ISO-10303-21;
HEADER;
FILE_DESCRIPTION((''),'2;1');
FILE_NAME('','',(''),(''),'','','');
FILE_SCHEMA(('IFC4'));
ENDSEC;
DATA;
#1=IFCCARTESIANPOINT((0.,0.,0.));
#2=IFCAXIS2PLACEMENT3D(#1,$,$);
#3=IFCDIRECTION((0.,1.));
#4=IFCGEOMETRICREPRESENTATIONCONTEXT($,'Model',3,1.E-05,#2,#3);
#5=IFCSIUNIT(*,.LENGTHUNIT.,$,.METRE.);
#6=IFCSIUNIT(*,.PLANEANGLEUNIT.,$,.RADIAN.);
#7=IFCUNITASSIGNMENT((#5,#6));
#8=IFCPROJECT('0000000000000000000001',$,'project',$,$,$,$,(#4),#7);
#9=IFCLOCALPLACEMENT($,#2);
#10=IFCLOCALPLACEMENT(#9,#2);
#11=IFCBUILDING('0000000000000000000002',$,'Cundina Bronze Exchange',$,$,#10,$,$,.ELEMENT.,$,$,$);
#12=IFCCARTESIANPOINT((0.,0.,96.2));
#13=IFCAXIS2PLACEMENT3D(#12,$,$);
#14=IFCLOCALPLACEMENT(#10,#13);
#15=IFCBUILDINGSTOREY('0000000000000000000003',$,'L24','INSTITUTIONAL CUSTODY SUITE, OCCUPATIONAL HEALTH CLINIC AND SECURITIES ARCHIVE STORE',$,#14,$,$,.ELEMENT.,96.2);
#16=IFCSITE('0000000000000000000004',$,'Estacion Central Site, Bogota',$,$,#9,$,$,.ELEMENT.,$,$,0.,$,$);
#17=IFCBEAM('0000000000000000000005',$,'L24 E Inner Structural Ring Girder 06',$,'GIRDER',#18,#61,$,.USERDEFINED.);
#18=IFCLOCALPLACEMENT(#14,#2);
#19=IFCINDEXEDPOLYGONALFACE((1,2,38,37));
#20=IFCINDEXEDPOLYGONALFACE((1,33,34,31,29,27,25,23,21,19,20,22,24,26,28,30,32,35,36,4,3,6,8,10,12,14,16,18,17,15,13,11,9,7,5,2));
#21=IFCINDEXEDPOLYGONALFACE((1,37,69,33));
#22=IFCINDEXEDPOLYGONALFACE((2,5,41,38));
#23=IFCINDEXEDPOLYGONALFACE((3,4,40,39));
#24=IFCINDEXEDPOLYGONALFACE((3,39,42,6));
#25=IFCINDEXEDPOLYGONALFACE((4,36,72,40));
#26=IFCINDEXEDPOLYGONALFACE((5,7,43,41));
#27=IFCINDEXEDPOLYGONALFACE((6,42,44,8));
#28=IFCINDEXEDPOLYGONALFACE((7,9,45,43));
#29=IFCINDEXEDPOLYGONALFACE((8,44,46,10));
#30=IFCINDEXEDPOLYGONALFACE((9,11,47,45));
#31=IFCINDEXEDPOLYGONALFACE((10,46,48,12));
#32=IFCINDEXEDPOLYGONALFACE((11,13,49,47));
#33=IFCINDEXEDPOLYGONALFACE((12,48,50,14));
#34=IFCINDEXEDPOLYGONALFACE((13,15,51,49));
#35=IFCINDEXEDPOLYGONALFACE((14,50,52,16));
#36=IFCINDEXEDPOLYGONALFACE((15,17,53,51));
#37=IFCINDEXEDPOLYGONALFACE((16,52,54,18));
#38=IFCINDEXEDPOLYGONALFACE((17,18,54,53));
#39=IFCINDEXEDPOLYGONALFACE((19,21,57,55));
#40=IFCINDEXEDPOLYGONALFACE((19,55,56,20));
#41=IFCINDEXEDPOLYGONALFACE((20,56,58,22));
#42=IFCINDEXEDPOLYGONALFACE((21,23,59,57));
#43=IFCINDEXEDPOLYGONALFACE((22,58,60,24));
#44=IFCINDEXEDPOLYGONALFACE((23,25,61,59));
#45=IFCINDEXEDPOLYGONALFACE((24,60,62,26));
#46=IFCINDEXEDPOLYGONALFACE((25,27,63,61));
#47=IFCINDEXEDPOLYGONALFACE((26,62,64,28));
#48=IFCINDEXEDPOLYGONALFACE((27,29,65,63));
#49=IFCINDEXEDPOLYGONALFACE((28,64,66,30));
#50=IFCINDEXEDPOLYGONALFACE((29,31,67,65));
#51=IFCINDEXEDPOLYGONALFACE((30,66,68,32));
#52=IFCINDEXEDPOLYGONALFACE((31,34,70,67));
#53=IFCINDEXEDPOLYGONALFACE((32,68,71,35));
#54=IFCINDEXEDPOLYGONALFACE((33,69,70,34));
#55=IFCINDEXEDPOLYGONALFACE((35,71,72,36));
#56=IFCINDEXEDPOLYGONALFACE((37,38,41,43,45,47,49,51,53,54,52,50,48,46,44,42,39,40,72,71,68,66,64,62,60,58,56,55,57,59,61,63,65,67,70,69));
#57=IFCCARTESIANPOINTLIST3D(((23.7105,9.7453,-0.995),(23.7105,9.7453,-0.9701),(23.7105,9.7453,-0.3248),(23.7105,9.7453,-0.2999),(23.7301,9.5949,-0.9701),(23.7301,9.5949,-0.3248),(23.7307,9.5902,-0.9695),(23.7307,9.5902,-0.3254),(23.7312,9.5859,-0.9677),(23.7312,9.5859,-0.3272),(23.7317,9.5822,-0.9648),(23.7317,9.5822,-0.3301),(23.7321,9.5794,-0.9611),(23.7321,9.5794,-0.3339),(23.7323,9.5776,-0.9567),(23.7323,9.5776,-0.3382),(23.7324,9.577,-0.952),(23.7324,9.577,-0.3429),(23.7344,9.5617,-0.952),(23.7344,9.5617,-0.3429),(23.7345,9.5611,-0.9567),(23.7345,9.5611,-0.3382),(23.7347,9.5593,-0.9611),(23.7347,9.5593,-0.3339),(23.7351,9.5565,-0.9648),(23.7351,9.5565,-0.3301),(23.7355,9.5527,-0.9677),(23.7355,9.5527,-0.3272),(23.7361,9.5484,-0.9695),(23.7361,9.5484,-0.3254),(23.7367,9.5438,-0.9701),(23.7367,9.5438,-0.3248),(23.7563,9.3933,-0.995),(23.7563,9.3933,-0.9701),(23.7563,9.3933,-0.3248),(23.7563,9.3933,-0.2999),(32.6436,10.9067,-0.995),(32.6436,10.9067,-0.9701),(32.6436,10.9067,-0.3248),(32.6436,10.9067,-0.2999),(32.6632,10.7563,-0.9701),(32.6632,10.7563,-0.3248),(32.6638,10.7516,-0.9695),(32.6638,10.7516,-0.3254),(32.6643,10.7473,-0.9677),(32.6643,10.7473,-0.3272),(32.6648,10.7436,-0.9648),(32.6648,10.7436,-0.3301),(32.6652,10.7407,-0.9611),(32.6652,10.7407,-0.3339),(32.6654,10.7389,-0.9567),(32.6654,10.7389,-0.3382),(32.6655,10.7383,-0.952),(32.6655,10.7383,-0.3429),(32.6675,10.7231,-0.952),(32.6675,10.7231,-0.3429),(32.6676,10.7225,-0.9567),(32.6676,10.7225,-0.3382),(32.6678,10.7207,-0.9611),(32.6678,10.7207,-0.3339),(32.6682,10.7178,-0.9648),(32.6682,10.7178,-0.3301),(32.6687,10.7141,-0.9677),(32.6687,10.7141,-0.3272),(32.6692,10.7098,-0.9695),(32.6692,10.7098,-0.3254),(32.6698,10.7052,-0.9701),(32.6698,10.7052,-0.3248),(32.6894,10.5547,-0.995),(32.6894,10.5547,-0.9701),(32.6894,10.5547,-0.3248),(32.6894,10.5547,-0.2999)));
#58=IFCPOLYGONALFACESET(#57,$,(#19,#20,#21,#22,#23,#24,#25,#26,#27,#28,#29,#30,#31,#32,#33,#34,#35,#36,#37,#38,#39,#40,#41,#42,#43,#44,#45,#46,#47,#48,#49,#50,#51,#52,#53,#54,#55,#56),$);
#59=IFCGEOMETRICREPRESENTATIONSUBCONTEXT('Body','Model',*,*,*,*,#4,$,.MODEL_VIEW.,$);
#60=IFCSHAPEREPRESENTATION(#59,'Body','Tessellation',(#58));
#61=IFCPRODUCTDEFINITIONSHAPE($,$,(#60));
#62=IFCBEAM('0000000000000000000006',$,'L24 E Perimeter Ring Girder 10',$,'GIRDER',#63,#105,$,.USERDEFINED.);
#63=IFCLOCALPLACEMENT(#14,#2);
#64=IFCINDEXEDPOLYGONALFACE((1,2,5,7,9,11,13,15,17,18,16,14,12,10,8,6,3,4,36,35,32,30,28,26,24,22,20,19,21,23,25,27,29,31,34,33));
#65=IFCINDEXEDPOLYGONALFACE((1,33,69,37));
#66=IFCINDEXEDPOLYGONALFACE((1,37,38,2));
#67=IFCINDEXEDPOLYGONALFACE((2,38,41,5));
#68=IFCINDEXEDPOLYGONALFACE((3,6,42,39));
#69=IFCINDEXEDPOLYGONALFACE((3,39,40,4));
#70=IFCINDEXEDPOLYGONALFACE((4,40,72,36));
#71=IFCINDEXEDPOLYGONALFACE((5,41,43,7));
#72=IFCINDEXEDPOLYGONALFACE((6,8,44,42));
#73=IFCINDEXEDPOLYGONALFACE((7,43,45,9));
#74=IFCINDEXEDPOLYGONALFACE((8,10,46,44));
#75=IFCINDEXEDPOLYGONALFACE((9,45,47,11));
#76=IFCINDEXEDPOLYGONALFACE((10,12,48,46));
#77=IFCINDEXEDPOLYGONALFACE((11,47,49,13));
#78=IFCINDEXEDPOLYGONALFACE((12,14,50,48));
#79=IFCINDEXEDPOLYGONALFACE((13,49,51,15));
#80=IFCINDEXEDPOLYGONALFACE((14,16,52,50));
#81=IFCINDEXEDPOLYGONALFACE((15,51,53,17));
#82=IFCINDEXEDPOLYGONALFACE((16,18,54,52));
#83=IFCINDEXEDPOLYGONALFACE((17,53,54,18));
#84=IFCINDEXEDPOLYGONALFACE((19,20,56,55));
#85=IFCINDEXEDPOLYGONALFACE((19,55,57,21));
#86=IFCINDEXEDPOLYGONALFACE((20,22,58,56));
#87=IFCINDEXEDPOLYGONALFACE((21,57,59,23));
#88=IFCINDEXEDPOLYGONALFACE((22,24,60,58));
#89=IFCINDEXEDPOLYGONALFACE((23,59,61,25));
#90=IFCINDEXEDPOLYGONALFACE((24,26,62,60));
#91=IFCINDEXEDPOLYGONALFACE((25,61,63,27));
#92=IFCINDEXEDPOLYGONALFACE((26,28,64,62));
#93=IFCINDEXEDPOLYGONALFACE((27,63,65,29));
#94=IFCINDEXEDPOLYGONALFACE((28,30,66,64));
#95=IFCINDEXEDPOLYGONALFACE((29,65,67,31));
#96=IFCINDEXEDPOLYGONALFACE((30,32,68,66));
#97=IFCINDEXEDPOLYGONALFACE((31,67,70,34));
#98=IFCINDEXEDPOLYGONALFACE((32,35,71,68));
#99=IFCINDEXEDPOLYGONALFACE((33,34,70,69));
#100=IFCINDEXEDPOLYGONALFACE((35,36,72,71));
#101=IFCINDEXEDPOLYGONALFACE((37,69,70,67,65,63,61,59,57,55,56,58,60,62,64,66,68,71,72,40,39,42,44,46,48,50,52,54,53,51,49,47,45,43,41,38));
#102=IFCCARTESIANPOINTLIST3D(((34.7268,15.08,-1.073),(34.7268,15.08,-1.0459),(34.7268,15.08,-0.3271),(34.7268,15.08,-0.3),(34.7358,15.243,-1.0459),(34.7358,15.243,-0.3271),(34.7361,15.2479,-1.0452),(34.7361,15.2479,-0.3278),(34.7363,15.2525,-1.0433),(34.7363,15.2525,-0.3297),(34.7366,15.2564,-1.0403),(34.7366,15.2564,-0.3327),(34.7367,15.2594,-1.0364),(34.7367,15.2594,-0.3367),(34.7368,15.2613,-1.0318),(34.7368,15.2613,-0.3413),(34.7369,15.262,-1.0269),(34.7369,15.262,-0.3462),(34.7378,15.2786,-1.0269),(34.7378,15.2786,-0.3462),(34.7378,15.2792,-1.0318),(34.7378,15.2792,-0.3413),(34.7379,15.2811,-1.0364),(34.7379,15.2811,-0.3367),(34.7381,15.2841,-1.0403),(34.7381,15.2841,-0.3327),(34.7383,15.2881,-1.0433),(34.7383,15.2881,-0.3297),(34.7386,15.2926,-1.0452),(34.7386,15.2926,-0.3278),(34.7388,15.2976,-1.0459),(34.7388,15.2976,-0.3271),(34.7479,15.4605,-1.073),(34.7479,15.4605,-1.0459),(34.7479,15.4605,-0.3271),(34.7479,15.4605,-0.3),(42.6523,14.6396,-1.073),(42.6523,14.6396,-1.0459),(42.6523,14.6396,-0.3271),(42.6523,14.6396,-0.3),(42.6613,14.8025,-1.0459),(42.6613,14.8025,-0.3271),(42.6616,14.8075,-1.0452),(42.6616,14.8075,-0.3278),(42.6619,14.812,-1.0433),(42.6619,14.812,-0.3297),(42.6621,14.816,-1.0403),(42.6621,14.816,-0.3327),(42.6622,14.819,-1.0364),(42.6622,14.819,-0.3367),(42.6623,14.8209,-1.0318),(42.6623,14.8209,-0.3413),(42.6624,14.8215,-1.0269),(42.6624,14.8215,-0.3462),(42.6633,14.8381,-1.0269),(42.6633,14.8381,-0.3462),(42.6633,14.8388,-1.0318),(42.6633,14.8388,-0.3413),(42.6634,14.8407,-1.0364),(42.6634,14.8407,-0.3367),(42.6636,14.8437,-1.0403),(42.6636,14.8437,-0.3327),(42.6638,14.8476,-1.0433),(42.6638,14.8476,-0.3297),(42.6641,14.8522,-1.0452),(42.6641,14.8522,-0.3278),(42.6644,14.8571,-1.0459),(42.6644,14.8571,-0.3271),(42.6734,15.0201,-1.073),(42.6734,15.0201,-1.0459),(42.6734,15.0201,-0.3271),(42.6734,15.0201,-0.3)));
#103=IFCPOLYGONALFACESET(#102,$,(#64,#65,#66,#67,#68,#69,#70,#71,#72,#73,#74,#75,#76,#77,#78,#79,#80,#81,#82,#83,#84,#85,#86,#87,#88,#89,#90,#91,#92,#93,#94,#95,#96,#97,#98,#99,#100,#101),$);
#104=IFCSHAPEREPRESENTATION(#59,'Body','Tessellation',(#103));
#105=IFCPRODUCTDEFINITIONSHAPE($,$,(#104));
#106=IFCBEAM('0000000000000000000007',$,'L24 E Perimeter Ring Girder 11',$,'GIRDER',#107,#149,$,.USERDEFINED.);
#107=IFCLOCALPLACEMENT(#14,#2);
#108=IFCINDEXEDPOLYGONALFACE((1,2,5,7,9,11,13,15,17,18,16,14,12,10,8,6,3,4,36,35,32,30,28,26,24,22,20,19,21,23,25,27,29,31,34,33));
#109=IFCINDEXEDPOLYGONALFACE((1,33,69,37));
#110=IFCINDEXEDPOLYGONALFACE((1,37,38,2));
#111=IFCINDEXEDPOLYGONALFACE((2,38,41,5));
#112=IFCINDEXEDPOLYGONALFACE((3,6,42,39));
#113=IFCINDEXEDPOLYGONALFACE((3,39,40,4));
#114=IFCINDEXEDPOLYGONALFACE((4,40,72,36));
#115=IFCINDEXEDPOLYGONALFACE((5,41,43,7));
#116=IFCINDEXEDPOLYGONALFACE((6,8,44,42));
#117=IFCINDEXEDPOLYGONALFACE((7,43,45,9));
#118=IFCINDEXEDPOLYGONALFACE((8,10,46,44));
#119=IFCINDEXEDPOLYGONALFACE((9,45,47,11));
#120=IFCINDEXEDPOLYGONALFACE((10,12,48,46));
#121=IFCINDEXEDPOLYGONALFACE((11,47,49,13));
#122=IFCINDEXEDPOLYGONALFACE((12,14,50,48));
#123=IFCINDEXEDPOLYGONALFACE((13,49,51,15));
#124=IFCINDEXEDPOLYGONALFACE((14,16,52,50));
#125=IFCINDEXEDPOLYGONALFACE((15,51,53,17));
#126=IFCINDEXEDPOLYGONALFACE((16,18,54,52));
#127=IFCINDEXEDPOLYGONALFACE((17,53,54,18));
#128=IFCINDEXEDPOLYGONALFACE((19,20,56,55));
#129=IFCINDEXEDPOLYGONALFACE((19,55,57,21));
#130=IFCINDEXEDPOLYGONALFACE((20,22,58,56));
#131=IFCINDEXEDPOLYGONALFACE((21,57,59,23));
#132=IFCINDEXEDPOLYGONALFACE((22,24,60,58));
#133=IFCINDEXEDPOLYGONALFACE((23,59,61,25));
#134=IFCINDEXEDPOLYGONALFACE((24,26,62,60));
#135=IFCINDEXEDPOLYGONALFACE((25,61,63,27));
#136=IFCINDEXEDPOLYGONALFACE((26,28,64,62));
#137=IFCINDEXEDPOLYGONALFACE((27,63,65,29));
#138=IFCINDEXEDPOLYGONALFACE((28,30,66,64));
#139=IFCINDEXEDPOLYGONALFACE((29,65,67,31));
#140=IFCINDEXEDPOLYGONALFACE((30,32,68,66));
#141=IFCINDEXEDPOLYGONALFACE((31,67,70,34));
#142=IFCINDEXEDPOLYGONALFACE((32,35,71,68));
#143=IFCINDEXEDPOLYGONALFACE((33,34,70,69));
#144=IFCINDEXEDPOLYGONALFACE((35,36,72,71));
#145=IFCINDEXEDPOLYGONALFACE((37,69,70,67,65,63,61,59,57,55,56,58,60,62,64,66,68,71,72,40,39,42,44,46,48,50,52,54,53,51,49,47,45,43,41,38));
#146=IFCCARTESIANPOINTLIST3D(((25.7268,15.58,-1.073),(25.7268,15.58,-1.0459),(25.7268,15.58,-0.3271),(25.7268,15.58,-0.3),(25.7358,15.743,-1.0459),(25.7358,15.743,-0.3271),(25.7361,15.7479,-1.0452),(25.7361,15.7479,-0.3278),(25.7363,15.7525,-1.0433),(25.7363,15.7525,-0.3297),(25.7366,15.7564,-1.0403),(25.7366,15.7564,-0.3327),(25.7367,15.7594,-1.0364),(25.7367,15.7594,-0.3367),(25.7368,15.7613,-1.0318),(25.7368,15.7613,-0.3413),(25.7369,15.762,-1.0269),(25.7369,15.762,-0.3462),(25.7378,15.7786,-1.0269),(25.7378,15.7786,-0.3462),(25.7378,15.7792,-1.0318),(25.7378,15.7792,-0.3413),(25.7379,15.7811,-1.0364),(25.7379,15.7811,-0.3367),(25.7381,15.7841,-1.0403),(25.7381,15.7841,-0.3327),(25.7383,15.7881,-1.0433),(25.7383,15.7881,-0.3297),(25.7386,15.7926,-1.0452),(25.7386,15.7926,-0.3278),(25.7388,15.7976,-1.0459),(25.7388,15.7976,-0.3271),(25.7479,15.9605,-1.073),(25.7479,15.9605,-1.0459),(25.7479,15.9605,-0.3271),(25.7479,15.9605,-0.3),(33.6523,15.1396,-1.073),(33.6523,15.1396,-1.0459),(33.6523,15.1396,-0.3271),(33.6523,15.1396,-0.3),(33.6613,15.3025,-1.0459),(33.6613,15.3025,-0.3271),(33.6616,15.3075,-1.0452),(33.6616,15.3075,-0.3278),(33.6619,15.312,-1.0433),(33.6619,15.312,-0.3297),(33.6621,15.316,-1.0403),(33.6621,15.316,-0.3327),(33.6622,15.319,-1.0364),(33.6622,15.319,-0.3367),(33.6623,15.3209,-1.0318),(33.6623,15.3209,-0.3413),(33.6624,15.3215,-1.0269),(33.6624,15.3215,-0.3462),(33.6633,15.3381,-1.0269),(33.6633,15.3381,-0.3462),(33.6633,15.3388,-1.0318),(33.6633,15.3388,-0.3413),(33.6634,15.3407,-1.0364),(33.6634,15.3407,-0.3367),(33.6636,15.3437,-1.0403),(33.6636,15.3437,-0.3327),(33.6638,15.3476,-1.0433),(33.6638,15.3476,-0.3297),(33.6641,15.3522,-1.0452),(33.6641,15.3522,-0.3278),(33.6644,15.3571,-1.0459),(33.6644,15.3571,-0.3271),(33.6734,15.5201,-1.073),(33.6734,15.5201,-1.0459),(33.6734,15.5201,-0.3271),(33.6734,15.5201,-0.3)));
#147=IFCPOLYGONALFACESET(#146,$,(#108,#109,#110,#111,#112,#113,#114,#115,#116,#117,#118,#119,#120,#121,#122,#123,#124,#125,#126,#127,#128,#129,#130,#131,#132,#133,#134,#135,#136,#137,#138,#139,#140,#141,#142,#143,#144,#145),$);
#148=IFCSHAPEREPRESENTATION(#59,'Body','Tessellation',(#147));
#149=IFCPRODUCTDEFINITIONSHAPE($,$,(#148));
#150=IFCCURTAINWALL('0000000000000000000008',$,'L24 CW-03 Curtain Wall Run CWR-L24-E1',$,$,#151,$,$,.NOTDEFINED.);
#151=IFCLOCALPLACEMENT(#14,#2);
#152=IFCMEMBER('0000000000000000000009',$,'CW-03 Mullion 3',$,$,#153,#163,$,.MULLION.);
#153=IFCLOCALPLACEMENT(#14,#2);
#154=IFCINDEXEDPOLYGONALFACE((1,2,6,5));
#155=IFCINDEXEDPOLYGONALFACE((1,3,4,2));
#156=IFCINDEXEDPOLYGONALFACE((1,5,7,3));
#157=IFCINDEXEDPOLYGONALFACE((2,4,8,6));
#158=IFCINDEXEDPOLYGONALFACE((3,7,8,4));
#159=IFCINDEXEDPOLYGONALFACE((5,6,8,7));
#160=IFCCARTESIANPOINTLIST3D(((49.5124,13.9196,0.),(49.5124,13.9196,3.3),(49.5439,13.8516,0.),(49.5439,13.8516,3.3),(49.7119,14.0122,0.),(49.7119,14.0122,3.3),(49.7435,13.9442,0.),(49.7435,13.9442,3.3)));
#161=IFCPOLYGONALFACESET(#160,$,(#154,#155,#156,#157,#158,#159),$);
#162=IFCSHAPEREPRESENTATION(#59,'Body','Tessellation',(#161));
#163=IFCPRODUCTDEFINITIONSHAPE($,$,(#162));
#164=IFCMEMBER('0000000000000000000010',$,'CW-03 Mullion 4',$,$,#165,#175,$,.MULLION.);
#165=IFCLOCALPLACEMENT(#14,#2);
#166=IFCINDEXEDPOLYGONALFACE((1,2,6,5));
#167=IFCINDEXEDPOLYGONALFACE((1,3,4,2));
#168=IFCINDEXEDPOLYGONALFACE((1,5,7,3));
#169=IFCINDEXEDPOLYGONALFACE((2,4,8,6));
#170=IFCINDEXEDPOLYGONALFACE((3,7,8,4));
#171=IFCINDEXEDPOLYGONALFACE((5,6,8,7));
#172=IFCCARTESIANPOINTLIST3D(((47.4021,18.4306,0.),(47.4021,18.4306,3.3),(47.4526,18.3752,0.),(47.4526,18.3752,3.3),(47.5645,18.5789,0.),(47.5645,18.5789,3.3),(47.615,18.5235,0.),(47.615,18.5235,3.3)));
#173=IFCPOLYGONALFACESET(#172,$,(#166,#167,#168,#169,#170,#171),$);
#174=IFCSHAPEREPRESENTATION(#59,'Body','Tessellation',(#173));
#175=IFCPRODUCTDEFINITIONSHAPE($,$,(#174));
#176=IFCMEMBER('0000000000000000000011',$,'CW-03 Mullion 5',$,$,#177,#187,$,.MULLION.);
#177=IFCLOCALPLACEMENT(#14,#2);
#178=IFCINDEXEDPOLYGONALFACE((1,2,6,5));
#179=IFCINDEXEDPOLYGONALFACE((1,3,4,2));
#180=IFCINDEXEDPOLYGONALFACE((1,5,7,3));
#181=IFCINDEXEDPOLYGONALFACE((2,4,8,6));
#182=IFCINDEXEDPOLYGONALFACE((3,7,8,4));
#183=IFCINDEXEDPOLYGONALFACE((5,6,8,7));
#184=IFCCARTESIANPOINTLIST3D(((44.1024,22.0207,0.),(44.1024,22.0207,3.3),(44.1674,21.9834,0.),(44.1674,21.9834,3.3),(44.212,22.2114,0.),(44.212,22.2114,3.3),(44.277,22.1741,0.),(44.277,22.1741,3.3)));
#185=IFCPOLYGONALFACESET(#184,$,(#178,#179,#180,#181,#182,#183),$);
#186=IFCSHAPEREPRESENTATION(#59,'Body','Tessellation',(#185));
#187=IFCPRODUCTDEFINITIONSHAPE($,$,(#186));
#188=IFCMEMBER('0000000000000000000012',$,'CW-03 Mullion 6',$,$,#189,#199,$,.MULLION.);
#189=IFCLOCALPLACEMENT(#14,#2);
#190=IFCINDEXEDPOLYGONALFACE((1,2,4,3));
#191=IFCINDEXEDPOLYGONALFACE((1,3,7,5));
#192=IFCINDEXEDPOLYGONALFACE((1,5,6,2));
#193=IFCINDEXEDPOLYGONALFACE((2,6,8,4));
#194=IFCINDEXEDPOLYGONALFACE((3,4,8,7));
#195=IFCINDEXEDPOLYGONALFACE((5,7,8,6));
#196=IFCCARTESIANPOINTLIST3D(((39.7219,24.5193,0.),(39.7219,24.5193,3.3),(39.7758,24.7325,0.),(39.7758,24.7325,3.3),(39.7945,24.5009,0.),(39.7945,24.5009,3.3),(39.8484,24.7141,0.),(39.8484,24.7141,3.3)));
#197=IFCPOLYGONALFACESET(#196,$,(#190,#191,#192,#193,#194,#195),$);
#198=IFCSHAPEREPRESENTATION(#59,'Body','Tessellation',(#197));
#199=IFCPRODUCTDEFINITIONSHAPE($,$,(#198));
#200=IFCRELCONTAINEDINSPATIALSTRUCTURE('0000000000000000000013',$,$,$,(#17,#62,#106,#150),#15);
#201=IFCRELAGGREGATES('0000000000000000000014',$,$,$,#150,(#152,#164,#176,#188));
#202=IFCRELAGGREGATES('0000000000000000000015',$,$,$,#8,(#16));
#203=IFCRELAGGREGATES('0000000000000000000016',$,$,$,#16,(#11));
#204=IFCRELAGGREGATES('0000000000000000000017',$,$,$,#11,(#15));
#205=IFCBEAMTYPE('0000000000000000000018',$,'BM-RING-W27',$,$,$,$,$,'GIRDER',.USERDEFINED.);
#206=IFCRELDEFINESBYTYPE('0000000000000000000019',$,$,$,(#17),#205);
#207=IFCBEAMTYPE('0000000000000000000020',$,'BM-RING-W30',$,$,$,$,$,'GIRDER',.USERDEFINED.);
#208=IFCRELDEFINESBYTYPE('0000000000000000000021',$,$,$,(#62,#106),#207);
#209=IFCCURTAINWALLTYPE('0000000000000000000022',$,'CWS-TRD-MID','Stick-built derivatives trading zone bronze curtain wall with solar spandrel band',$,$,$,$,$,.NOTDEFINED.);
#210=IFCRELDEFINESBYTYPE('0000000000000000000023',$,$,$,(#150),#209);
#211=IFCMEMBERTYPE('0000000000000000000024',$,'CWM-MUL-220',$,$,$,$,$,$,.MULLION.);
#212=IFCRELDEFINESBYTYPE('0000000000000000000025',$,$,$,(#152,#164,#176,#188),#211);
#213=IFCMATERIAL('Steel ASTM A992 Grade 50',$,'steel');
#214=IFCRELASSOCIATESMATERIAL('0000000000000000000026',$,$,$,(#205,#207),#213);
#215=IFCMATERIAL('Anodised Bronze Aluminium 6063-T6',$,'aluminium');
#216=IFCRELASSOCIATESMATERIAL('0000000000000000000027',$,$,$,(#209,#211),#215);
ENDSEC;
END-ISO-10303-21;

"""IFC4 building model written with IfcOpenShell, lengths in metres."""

from ifc_helpers import new_model, si_unit, direction, frame, origin, origin_2d, place, context, subcontext, project, spatial, rectangle, i_section, extrude, material, material_profile, profile_set, type_object, element, aggregate, save


model = new_model("IFC4")

# Units and contexts
model_context = context("Model", 3, precision=1e-05, world=origin(), true_north=direction((0.0, 1.0)))
body_context = subcontext(model_context, "Body", "Model", "MODEL_VIEW")
ifc_project = project(units=[si_unit("LENGTHUNIT", "METRE"), si_unit("PLANEANGLEUNIT", "RADIAN")], contexts=[model_context])

# Site, building, storey
site_placement = place(None, origin())
site = spatial("IfcSite", under=ifc_project, at=site_placement, Name="Estacion Central Site, Bogota", CompositionType="ELEMENT", RefElevation=0.0)
building_placement = place(site_placement, origin())
building = spatial("IfcBuilding", under=site, at=building_placement, Name="Cundina Bronze Exchange", CompositionType="ELEMENT")
storey_placement = place(building_placement, frame((0.0, 0.0, 96.2)))
storey = spatial("IfcBuildingStorey", under=building, at=storey_placement, Name="L24", Description="INSTITUTIONAL CUSTODY SUITE, OCCUPATIONAL HEALTH CLINIC AND SECURITIES ARCHIVE STORE", CompositionType="ELEMENT", Elevation=96.2)

# Beams
ifc_material_1 = material(Name="Steel ASTM A992 Grade 50", Category="steel")
ifc_material_profile_1 = material_profile(ifc_material_1, i_section(OverallWidth=0.355, OverallDepth=0.6951, WebThickness=0.0154, FlangeThickness=0.0249, FilletRadius=0.0181, at=origin_2d()), Name="W27X146", Category="steel")
ifc_profile_set_1 = profile_set([ifc_material_profile_1], Name="Steel ASTM A992 Grade 50")
beam_type_1 = type_object("IfcBeamType", Name="BM-RING-W27", ElementType="GIRDER", PredefinedType="USERDEFINED", material=ifc_profile_set_1)
beam_1_placement = place(storey_placement, frame((32.6665, 10.7307, -0.6475), z_axis=(-0.991655, -0.128923, 0.0), x_axis=(0.128923, -0.991655, 0.0)))
element("IfcBeam", 1, at=beam_1_placement, inside=storey, type_object=beam_type_1, Name="L24 E Inner Structural Ring Girder 06", ObjectType="GIRDER", PredefinedType="USERDEFINED", context=body_context, shape_type="SweptSolid", body=[
    extrude(i_section(OverallWidth=0.355, OverallDepth=0.6951, WebThickness=0.0154, FlangeThickness=0.0249, FilletRadius=0.0181, at=origin_2d()), origin(), (0.0, 0.0, 1.0), 9.0083),
])
ifc_material_profile_2 = material_profile(ifc_material_1, i_section(OverallWidth=0.3811, OverallDepth=0.7729, WebThickness=0.0166, FlangeThickness=0.0271, FilletRadius=0.019, at=origin_2d()), Name="W30X173", Category="steel")
ifc_profile_set_2 = profile_set([ifc_material_profile_2], Name="Steel ASTM A992 Grade 50")
beam_type_2 = type_object("IfcBeamType", Name="BM-RING-W30", ElementType="GIRDER", PredefinedType="USERDEFINED", material=ifc_profile_set_2)
for number, where, z_axis, x_axis, name in (
    (2, (42.6628, 14.8298, -0.6865), (-0.99846, 0.055485, 0.0), (-0.055485, -0.99846, 0.0), "L24 E Perimeter Ring Girder 10"),
    (3, (33.6628, 15.3298, -0.6865), (-0.99846, 0.055485, 0.0), (-0.055485, -0.99846, 0.0), "L24 E Perimeter Ring Girder 11"),
):
    element("IfcBeam", number, at=place(storey_placement, frame(where, z_axis=z_axis, x_axis=x_axis)), inside=storey, type_object=beam_type_2, Name=name, ObjectType="GIRDER", PredefinedType="USERDEFINED", context=body_context, shape_type="SweptSolid", body=[
        extrude(i_section(OverallWidth=0.3811, OverallDepth=0.7729, WebThickness=0.0166, FlangeThickness=0.0271, FilletRadius=0.019, at=origin_2d()), origin(), (0.0, 0.0, 1.0), 7.9377),
    ])

# Curtain wall, members
ifc_material_2 = material(Name="Anodised Bronze Aluminium 6063-T6", Category="aluminium")
curtain_wall_type = type_object("IfcCurtainWallType", Name="CWS-TRD-MID", Description="Stick-built derivatives trading zone bronze curtain wall with solar spandrel band", PredefinedType="NOTDEFINED", material=ifc_material_2)
curtain_wall_placement = place(storey_placement, origin())
curtain_wall = element("IfcCurtainWall", 4, at=curtain_wall_placement, inside=storey, type_object=curtain_wall_type, Name="L24 CW-03 Curtain Wall Run CWR-L24-E1", PredefinedType="NOTDEFINED")
ifc_material_profile_3 = material_profile(ifc_material_2, rectangle(XDim=0.075, YDim=0.22, at=origin_2d()), Name="AL75X220", Category="aluminium")
ifc_profile_set_3 = profile_set([ifc_material_profile_3], Name="Anodised Bronze Aluminium 6063-T6")
member_type_1 = type_object("IfcMemberType", Name="CWM-MUL-220", PredefinedType="MULLION", material=ifc_profile_set_3)
member_1_placement = place(storey_placement, frame((49.6279, 13.9319, 0.0), z_axis=(0.0, 0.0, 1.0), x_axis=(-0.420877, 0.907117, 0.0)))
member_1 = element("IfcMember", 5, at=member_1_placement, type_object=member_type_1, Name="CW-03 Mullion 3", PredefinedType="MULLION", context=body_context, shape_type="SweptSolid", body=[
    extrude(rectangle(XDim=0.075, YDim=0.22, at=origin_2d()), origin(), (0.0, 0.0, 1.0), 3.3),
])
member_2_placement = place(storey_placement, frame((47.5085, 18.4771, 0.0), z_axis=(0.0, 0.0, 1.0), x_axis=(-0.674302, 0.738455, 0.0)))
member_2 = element("IfcMember", 6, at=member_2_placement, type_object=member_type_1, Name="CW-03 Mullion 4", PredefinedType="MULLION", context=body_context, shape_type="SweptSolid", body=[
    extrude(rectangle(XDim=0.075, YDim=0.22, at=origin_2d()), origin(), (0.0, 0.0, 1.0), 3.3),
])
member_3_placement = place(storey_placement, frame((44.1897, 22.0974, 0.0), z_axis=(0.0, 0.0, 1.0), x_axis=(-0.867071, 0.498185, 0.0)))
member_3 = element("IfcMember", 7, at=member_3_placement, type_object=member_type_1, Name="CW-03 Mullion 5", PredefinedType="MULLION", context=body_context, shape_type="SweptSolid", body=[
    extrude(rectangle(XDim=0.075, YDim=0.22, at=origin_2d()), origin(), (0.0, 0.0, 1.0), 3.3),
])
member_4_placement = place(storey_placement, frame((39.7852, 24.6167, 0.0), z_axis=(0.0, 0.0, 1.0), x_axis=(-0.969488, 0.245138, 0.0)))
member_4 = element("IfcMember", 8, at=member_4_placement, type_object=member_type_1, Name="CW-03 Mullion 6", PredefinedType="MULLION", context=body_context, shape_type="SweptSolid", body=[
    extrude(rectangle(XDim=0.075, YDim=0.22, at=origin_2d()), origin(), (0.0, 0.0, 1.0), 3.3),
])
aggregate(curtain_wall, [member_1, member_2, member_3, member_4])

save(model, "model.ifc")
